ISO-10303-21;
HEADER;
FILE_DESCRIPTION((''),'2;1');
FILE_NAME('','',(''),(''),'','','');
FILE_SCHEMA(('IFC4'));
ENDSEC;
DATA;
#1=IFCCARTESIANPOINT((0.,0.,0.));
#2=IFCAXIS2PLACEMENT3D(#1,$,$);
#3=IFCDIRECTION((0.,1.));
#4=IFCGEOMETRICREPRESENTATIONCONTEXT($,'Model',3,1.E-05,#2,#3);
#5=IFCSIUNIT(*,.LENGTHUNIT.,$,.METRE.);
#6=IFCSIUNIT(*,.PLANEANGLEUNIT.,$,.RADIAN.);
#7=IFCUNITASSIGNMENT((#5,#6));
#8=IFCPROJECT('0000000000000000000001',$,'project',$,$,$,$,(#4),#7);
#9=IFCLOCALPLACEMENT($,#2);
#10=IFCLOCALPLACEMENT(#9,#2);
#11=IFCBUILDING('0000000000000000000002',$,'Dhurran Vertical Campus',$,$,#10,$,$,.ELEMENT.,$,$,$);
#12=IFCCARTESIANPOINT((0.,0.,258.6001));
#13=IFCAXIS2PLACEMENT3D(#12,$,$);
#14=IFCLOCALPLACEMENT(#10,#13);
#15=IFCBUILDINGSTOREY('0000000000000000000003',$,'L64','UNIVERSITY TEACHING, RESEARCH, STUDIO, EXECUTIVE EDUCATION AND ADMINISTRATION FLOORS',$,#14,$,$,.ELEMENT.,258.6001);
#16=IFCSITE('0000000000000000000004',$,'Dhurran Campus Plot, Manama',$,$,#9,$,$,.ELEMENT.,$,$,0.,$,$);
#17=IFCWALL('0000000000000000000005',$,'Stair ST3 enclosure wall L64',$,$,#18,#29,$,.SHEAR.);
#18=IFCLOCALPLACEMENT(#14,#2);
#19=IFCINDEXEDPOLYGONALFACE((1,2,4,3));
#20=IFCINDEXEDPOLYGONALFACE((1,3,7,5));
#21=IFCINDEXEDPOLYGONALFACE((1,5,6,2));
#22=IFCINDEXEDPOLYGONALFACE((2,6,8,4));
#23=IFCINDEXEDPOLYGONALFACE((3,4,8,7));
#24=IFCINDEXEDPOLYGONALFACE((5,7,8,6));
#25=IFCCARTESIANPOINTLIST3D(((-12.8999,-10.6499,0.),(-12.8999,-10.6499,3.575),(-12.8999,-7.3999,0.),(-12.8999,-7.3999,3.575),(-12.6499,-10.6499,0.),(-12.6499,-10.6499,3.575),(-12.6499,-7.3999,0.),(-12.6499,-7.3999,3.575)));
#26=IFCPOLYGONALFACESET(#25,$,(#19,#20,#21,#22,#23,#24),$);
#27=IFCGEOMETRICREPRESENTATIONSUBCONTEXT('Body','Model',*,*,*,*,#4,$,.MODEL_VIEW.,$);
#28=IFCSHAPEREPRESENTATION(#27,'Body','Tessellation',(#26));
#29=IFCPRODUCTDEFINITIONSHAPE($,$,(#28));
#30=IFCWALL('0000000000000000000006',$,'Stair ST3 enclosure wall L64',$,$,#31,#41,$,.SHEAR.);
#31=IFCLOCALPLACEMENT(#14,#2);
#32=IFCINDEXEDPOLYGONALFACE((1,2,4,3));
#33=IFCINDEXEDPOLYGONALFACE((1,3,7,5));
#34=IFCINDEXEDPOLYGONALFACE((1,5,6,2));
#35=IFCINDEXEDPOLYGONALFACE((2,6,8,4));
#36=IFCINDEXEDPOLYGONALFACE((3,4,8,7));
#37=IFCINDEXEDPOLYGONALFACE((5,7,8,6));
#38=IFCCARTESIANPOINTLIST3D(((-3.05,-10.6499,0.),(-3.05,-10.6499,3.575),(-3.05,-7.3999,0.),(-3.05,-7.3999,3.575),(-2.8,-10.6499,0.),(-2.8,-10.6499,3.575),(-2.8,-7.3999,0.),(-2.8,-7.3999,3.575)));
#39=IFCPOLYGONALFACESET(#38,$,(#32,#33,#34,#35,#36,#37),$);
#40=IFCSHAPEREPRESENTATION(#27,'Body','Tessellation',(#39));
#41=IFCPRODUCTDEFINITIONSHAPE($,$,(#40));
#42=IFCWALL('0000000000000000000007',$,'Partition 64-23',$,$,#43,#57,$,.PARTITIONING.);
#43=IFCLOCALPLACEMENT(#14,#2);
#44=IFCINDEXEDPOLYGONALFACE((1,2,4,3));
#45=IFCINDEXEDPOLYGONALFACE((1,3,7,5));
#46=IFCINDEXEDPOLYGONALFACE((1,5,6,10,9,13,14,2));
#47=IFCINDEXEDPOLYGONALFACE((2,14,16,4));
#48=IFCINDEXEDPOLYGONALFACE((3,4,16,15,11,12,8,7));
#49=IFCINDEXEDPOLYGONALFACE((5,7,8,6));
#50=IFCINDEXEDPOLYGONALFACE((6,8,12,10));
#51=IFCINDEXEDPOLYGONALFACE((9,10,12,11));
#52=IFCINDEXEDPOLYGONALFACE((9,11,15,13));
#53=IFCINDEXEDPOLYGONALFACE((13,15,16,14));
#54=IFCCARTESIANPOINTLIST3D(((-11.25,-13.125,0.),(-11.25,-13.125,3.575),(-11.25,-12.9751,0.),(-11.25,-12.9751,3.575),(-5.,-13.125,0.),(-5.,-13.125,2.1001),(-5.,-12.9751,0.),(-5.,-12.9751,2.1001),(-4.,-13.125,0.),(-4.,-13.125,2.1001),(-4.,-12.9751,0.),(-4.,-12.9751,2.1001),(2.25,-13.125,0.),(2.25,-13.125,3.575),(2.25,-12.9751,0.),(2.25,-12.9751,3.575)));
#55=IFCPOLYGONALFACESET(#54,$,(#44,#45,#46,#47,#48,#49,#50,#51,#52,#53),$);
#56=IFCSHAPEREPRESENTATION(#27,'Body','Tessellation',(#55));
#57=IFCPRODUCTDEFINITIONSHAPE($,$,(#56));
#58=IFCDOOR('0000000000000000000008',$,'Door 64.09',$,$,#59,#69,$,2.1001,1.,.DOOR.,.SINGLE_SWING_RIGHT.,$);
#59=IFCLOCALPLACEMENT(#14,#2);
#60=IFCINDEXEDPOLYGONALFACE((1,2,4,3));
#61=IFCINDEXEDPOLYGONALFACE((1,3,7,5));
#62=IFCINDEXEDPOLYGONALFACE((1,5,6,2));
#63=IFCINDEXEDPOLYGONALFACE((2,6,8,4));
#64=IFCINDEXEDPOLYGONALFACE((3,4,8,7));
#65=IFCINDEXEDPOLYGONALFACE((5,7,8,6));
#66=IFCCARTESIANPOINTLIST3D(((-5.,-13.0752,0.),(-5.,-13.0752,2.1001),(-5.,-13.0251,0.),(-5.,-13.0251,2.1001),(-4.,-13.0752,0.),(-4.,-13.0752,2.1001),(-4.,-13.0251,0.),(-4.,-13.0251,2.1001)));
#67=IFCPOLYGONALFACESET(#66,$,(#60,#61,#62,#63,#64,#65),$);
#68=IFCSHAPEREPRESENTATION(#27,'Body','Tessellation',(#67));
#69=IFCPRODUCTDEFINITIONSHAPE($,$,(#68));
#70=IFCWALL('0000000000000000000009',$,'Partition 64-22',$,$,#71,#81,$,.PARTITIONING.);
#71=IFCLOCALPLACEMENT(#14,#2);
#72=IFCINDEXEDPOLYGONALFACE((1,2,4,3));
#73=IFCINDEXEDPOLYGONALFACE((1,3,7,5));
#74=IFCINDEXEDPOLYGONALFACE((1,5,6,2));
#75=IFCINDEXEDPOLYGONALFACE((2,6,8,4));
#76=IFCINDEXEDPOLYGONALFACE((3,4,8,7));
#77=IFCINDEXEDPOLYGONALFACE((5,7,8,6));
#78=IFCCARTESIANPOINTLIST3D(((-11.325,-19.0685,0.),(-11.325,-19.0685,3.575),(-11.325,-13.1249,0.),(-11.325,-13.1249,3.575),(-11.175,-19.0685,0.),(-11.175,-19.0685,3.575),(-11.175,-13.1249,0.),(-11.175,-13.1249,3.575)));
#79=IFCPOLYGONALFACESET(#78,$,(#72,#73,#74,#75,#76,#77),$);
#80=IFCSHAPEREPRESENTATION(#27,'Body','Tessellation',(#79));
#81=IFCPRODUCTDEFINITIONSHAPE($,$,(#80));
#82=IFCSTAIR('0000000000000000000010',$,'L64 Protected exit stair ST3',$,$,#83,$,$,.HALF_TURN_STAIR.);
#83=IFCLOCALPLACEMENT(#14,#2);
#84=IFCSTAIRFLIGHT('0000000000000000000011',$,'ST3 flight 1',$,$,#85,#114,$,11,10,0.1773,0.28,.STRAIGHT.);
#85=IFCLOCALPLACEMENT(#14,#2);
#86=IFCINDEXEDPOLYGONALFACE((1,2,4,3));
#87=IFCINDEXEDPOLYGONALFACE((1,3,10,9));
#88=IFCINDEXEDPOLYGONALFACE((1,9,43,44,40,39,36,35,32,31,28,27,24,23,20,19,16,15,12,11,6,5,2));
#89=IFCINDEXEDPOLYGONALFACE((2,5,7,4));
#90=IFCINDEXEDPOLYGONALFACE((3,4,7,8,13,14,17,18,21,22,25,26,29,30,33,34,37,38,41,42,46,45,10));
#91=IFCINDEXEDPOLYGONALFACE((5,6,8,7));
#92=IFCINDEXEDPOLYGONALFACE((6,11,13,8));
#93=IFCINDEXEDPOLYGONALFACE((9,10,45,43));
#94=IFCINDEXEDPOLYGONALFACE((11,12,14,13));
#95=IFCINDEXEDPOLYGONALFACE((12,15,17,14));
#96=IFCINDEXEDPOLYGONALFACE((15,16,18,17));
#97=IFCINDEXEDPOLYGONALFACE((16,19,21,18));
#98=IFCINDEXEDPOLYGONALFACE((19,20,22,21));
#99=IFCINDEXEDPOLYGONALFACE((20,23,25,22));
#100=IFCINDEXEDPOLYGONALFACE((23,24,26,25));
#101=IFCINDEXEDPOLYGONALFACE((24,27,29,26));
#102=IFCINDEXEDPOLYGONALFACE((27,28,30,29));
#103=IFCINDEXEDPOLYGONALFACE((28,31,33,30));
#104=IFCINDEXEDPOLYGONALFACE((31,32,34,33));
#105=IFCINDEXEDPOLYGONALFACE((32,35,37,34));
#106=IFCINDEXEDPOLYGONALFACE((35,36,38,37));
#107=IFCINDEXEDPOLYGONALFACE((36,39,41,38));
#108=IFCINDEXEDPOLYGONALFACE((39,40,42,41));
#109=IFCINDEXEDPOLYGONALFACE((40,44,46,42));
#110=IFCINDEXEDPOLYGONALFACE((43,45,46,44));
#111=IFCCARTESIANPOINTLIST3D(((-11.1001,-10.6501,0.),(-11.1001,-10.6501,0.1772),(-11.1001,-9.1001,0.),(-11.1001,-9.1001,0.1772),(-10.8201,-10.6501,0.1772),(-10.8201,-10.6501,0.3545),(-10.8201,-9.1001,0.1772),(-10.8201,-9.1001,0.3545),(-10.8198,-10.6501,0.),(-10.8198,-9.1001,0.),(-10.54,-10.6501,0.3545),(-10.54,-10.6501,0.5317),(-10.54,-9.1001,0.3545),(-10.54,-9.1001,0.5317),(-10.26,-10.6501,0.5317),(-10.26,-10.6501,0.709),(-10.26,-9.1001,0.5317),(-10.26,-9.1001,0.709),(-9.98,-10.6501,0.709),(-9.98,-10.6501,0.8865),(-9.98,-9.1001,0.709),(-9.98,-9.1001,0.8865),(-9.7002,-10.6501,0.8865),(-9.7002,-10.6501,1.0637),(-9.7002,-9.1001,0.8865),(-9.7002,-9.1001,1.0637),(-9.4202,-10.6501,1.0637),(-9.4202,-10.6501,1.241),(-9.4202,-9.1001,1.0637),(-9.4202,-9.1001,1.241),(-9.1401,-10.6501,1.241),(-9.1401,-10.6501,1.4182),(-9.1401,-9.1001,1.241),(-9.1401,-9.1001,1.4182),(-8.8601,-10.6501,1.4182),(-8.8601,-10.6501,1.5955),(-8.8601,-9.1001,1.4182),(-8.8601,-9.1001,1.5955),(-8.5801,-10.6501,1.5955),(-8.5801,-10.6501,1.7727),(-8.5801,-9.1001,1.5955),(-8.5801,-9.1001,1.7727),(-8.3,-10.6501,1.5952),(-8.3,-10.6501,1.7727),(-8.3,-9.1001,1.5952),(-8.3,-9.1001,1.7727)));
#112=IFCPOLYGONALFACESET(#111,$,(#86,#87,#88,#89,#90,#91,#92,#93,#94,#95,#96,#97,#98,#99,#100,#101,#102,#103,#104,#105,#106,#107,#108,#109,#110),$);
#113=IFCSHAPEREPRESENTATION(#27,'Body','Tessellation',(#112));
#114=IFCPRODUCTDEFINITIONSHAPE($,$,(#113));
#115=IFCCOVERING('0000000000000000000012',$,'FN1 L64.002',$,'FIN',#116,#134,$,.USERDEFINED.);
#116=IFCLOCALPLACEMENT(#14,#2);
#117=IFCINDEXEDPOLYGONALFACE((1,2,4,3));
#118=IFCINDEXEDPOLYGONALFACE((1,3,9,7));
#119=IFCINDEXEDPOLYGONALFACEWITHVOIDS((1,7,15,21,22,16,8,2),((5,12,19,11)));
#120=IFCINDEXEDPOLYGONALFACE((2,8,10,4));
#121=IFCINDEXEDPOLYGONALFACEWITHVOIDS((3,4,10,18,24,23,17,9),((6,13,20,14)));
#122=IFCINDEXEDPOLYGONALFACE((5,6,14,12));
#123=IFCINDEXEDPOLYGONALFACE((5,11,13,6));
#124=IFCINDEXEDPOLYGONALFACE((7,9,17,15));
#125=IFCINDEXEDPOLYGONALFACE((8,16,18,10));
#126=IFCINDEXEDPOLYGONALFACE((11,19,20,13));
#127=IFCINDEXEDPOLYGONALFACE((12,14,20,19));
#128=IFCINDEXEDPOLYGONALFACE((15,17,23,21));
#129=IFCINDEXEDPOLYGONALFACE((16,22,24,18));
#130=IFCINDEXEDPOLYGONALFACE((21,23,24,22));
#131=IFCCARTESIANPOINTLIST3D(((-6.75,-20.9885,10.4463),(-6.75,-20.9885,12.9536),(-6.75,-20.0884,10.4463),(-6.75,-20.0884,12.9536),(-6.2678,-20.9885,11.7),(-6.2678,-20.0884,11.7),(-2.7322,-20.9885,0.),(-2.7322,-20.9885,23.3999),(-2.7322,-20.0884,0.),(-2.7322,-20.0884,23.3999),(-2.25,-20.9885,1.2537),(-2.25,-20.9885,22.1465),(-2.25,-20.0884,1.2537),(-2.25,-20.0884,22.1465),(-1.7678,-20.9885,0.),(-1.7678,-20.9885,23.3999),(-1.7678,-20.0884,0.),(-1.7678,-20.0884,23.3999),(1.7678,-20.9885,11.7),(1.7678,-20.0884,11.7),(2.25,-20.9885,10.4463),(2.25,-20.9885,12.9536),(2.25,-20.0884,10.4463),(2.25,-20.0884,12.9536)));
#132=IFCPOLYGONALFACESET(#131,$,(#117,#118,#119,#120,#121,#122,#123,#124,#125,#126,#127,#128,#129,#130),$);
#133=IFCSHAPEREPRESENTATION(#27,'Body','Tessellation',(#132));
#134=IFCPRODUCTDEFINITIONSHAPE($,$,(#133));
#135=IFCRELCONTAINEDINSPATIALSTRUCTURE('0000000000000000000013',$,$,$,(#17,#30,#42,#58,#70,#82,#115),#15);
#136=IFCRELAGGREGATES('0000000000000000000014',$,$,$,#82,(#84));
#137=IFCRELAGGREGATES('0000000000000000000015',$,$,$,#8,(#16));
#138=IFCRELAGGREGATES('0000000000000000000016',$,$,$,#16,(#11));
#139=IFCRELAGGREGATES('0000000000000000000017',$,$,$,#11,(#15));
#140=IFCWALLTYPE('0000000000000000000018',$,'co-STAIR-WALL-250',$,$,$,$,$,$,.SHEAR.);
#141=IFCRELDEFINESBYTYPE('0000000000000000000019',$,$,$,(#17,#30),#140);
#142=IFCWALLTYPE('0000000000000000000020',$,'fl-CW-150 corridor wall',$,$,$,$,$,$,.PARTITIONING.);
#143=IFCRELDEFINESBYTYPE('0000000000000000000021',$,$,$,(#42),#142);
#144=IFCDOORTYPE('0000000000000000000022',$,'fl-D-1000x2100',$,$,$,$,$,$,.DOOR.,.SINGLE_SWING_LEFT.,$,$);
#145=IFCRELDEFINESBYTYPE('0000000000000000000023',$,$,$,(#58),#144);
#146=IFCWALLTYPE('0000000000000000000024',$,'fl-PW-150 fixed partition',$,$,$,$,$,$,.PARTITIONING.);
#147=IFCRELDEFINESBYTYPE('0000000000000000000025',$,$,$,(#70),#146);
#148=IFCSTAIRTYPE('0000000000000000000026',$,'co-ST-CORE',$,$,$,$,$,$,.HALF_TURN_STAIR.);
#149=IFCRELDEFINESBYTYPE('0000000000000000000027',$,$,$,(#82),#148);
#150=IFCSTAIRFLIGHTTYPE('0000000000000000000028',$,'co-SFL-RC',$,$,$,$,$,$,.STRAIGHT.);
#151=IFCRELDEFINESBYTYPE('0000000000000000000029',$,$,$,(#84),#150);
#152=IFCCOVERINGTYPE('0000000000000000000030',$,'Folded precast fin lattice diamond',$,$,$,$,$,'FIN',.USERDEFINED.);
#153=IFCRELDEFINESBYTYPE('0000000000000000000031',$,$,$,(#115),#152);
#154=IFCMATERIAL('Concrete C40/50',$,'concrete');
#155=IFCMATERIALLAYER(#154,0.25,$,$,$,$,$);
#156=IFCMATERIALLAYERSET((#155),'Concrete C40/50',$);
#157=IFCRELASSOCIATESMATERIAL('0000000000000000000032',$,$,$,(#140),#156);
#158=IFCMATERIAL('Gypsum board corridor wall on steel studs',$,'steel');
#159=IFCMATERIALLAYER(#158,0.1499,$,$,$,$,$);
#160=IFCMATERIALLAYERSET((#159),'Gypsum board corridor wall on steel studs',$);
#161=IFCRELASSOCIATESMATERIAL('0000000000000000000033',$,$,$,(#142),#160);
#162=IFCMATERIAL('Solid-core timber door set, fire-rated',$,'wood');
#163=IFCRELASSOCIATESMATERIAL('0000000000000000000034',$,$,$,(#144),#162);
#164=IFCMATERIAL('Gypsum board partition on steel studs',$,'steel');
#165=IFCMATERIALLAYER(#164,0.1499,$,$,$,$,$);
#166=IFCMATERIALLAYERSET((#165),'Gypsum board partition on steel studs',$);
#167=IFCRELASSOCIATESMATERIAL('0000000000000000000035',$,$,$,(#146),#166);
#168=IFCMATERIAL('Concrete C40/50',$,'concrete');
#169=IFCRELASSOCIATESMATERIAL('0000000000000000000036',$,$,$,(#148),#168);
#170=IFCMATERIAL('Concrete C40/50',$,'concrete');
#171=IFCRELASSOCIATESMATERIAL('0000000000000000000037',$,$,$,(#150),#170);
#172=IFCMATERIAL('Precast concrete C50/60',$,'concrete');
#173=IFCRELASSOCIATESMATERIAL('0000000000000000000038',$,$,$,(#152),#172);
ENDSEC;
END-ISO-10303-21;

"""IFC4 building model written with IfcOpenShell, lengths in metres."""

from ifc_helpers import new_model, si_unit, direction, frame, frame_2d, origin, place, context, subcontext, project, spatial, polyline, rectangle, outline, extrude, material, layer, layer_set, type_object, element, fill, aggregate, save


model = new_model("IFC4")

# Units and contexts
model_context = context("Model", 3, precision=1e-05, world=origin(), true_north=direction((0.0, 1.0)))
body_context = subcontext(model_context, "Body", "Model", "MODEL_VIEW")
ifc_project = project(units=[si_unit("LENGTHUNIT", "METRE"), si_unit("PLANEANGLEUNIT", "RADIAN")], contexts=[model_context])

# Site, building, storey
site_placement = place(None, origin())
site = spatial("IfcSite", under=ifc_project, at=site_placement, Name="Dhurran Campus Plot, Manama", CompositionType="ELEMENT", RefElevation=0.0)
building_placement = place(site_placement, origin())
building = spatial("IfcBuilding", under=site, at=building_placement, Name="Dhurran Vertical Campus", CompositionType="ELEMENT")
storey_placement = place(building_placement, frame((0.0, 0.0, 258.6001)))
storey = spatial("IfcBuildingStorey", under=building, at=storey_placement, Name="L64", Description="UNIVERSITY TEACHING, RESEARCH, STUDIO, EXECUTIVE EDUCATION AND ADMINISTRATION FLOORS", CompositionType="ELEMENT", Elevation=258.6001)

# Walls
ifc_material_1 = material(Name="Concrete C40/50", Category="concrete")
ifc_layer_1 = layer(ifc_material_1, 0.25)
ifc_layer_set_1 = layer_set([ifc_layer_1], Name="Concrete C40/50")
wall_type_1 = type_object("IfcWallType", Name="co-STAIR-WALL-250", PredefinedType="SHEAR", material=ifc_layer_set_1)
for number, where, z_axis, x_axis, name in (
    (1, (-12.7749, -10.6499, 0.0), (0.0, 0.0, 1.0), (0.0, 1.0, 0.0), "Stair ST3 enclosure wall L64"),
    (2, (-2.925, -10.6499, 0.0), (0.0, 0.0, 1.0), (0.0, 1.0, 0.0), "Stair ST3 enclosure wall L64"),
):
    element("IfcWall", number, at=place(storey_placement, frame(where, z_axis=z_axis, x_axis=x_axis)), inside=storey, type_object=wall_type_1, Name=name, PredefinedType="SHEAR", context=body_context, shape_type="SweptSolid", body=[
        extrude(rectangle(XDim=3.25, YDim=0.25, at=frame_2d((1.625, 0.0))), origin(), (0.0, 0.0, 1.0), 3.575),
    ])

# Wall, opening, door
ifc_material_2 = material(Name="Gypsum board corridor wall on steel studs", Category="steel")
ifc_layer_2 = layer(ifc_material_2, 0.1499)
ifc_layer_set_2 = layer_set([ifc_layer_2], Name="Gypsum board corridor wall on steel studs")
wall_type_2 = type_object("IfcWallType", Name="fl-CW-150 corridor wall", PredefinedType="PARTITIONING", material=ifc_layer_set_2)
wall_1_placement = place(storey_placement, frame((-11.25, -13.05, 0.0), z_axis=(0.0, 0.0, 1.0), x_axis=(1.0, 0.0, 0.0)))
wall_1 = element("IfcWall", 3, at=wall_1_placement, inside=storey, type_object=wall_type_2, Name="Partition 64-23", PredefinedType="PARTITIONING", context=body_context, shape_type="SweptSolid", body=[
    extrude(rectangle(XDim=13.5, YDim=0.1499, at=frame_2d((6.75, 0.0))), origin(), (0.0, 0.0, 1.0), 3.575),
])
opening_1_placement = place(wall_1_placement, frame((6.25, 0.0, 0.0)))
opening_1 = element("IfcOpeningElement", 4, at=opening_1_placement, cuts=wall_1, PredefinedType="OPENING", context=body_context, shape_type="SweptSolid", body=[
    extrude(rectangle(XDim=1.0, YDim=2.1001, at=frame_2d((0.5, 1.05))), frame((0.0, 0.085, 0.0), z_axis=(0.0, -1.0, 0.0), x_axis=(1.0, 0.0, 0.0)), (0.0, 0.0, 1.0), 0.1699),
])
ifc_material_3 = material(Name="Solid-core timber door set, fire-rated", Category="wood")
door_type_1 = type_object("IfcDoorType", Name="fl-D-1000x2100", OperationType="SINGLE_SWING_LEFT", PredefinedType="DOOR", material=ifc_material_3)
door_1_placement = place(opening_1_placement, origin())
door_1 = element("IfcDoor", 5, at=door_1_placement, inside=storey, type_object=door_type_1, Name="Door 64.09", OperationType="SINGLE_SWING_RIGHT", OverallHeight=2.1001, OverallWidth=1.0, PredefinedType="DOOR", context=body_context, shape_type="SweptSolid", body=[
    extrude(rectangle(XDim=1.0, YDim=2.1001, at=frame_2d((0.5, 1.05))), frame((0.0, 0.0249, 0.0), z_axis=(0.0, -1.0, 0.0), x_axis=(1.0, 0.0, 0.0)), (0.0, 0.0, 1.0), 0.05),
])
fill(opening_1, door_1)

# Wall
ifc_material_4 = material(Name="Gypsum board partition on steel studs", Category="steel")
ifc_layer_3 = layer(ifc_material_4, 0.1499)
ifc_layer_set_3 = layer_set([ifc_layer_3], Name="Gypsum board partition on steel studs")
wall_type_3 = type_object("IfcWallType", Name="fl-PW-150 fixed partition", PredefinedType="PARTITIONING", material=ifc_layer_set_3)
wall_2_placement = place(storey_placement, frame((-11.25, -13.125, 0.0), z_axis=(0.0, 0.0, 1.0), x_axis=(0.0, -1.0, 0.0)))
element("IfcWall", 6, at=wall_2_placement, inside=storey, type_object=wall_type_3, Name="Partition 64-22", PredefinedType="PARTITIONING", context=body_context, shape_type="SweptSolid", body=[
    extrude(rectangle(XDim=5.9436, YDim=0.1499, at=frame_2d((2.9717, 0.0))), origin(), (0.0, 0.0, 1.0), 3.575),
])

# Stair, stair flight
ifc_material_5 = material(Name="Concrete C40/50", Category="concrete")
stair_type = type_object("IfcStairType", Name="co-ST-CORE", PredefinedType="HALF_TURN_STAIR", material=ifc_material_5)
stair_placement = place(storey_placement, origin())
stair = element("IfcStair", 7, at=stair_placement, inside=storey, type_object=stair_type, Name="L64 Protected exit stair ST3", PredefinedType="HALF_TURN_STAIR")
ifc_material_6 = material(Name="Concrete C40/50", Category="concrete")
stair_flight_type = type_object("IfcStairFlightType", Name="co-SFL-RC", PredefinedType="STRAIGHT", material=ifc_material_6)
stair_flight_placement = place(storey_placement, frame((-11.1001, -9.875, 0.0), z_axis=(0.0, 0.0, 1.0), x_axis=(1.0, 0.0, 0.0)))
stair_flight = element("IfcStairFlight", 8, at=stair_flight_placement, type_object=stair_flight_type, Name="ST3 flight 1", NumberOfRisers=11, NumberOfTreads=10, PredefinedType="STRAIGHT", RiserHeight=0.1773, TreadLength=0.28, context=body_context, shape_type="SweptSolid", body=[
    extrude(outline(polyline([(0.0, 0.0), (0.0, 0.1772), (0.28, 0.1772), (0.28, 0.3545), (0.5601, 0.3545), (0.5601, 0.5317), (0.8401, 0.5317), (0.8401, 0.709), (1.1201, 0.709), (1.1201, 0.8865), (1.3999, 0.8865), (1.3999, 1.0637), (1.6799, 1.0637), (1.6799, 1.241), (1.96, 1.241), (1.96, 1.4182), (2.24, 1.4182), (2.24, 1.5955), (2.52, 1.5955), (2.52, 1.7727), (2.8, 1.7727), (2.8, 1.95), (2.8, 1.5952), (0.2803, 0.0), (0.0, 0.0)])), frame((0.0, 0.7749, 0.0), z_axis=(0.0, -1.0, 0.0), x_axis=(1.0, 0.0, 0.0)), (0.0, 0.0, 1.0), 1.55),
])
aggregate(stair, [stair_flight])

# Covering
ifc_material_7 = material(Name="Precast concrete C50/60", Category="concrete")
covering_type = type_object("IfcCoveringType", Name="Folded precast fin lattice diamond", ElementType="FIN", PredefinedType="USERDEFINED", material=ifc_material_7)
covering_placement = place(storey_placement, frame((-6.75, -20.0884, 0.0), z_axis=(0.0, -1.0, 0.0), x_axis=(1.0, 0.0, 0.0)))
element("IfcCovering", 9, at=covering_placement, inside=storey, type_object=covering_type, Name="FN1 L64.002", ObjectType="FIN", PredefinedType="USERDEFINED", context=body_context, shape_type="SweptSolid", body=[
    extrude(outline(polyline([(9.0, 12.9536), (9.0, 10.4463), (4.9822, 0.0), (4.0178, 0.0), (0.0, 10.4463), (0.0, 12.9536), (4.0178, 23.3999), (4.9822, 23.3999), (9.0, 12.9536)]), holes=[polyline([(8.5178, 11.7), (4.5, 22.1465), (0.4822, 11.7), (4.5, 1.2537), (8.5178, 11.7)])]), origin(), (0.0, 0.0, 1.0), 0.9001),
])

save(model, "model.ifc")
